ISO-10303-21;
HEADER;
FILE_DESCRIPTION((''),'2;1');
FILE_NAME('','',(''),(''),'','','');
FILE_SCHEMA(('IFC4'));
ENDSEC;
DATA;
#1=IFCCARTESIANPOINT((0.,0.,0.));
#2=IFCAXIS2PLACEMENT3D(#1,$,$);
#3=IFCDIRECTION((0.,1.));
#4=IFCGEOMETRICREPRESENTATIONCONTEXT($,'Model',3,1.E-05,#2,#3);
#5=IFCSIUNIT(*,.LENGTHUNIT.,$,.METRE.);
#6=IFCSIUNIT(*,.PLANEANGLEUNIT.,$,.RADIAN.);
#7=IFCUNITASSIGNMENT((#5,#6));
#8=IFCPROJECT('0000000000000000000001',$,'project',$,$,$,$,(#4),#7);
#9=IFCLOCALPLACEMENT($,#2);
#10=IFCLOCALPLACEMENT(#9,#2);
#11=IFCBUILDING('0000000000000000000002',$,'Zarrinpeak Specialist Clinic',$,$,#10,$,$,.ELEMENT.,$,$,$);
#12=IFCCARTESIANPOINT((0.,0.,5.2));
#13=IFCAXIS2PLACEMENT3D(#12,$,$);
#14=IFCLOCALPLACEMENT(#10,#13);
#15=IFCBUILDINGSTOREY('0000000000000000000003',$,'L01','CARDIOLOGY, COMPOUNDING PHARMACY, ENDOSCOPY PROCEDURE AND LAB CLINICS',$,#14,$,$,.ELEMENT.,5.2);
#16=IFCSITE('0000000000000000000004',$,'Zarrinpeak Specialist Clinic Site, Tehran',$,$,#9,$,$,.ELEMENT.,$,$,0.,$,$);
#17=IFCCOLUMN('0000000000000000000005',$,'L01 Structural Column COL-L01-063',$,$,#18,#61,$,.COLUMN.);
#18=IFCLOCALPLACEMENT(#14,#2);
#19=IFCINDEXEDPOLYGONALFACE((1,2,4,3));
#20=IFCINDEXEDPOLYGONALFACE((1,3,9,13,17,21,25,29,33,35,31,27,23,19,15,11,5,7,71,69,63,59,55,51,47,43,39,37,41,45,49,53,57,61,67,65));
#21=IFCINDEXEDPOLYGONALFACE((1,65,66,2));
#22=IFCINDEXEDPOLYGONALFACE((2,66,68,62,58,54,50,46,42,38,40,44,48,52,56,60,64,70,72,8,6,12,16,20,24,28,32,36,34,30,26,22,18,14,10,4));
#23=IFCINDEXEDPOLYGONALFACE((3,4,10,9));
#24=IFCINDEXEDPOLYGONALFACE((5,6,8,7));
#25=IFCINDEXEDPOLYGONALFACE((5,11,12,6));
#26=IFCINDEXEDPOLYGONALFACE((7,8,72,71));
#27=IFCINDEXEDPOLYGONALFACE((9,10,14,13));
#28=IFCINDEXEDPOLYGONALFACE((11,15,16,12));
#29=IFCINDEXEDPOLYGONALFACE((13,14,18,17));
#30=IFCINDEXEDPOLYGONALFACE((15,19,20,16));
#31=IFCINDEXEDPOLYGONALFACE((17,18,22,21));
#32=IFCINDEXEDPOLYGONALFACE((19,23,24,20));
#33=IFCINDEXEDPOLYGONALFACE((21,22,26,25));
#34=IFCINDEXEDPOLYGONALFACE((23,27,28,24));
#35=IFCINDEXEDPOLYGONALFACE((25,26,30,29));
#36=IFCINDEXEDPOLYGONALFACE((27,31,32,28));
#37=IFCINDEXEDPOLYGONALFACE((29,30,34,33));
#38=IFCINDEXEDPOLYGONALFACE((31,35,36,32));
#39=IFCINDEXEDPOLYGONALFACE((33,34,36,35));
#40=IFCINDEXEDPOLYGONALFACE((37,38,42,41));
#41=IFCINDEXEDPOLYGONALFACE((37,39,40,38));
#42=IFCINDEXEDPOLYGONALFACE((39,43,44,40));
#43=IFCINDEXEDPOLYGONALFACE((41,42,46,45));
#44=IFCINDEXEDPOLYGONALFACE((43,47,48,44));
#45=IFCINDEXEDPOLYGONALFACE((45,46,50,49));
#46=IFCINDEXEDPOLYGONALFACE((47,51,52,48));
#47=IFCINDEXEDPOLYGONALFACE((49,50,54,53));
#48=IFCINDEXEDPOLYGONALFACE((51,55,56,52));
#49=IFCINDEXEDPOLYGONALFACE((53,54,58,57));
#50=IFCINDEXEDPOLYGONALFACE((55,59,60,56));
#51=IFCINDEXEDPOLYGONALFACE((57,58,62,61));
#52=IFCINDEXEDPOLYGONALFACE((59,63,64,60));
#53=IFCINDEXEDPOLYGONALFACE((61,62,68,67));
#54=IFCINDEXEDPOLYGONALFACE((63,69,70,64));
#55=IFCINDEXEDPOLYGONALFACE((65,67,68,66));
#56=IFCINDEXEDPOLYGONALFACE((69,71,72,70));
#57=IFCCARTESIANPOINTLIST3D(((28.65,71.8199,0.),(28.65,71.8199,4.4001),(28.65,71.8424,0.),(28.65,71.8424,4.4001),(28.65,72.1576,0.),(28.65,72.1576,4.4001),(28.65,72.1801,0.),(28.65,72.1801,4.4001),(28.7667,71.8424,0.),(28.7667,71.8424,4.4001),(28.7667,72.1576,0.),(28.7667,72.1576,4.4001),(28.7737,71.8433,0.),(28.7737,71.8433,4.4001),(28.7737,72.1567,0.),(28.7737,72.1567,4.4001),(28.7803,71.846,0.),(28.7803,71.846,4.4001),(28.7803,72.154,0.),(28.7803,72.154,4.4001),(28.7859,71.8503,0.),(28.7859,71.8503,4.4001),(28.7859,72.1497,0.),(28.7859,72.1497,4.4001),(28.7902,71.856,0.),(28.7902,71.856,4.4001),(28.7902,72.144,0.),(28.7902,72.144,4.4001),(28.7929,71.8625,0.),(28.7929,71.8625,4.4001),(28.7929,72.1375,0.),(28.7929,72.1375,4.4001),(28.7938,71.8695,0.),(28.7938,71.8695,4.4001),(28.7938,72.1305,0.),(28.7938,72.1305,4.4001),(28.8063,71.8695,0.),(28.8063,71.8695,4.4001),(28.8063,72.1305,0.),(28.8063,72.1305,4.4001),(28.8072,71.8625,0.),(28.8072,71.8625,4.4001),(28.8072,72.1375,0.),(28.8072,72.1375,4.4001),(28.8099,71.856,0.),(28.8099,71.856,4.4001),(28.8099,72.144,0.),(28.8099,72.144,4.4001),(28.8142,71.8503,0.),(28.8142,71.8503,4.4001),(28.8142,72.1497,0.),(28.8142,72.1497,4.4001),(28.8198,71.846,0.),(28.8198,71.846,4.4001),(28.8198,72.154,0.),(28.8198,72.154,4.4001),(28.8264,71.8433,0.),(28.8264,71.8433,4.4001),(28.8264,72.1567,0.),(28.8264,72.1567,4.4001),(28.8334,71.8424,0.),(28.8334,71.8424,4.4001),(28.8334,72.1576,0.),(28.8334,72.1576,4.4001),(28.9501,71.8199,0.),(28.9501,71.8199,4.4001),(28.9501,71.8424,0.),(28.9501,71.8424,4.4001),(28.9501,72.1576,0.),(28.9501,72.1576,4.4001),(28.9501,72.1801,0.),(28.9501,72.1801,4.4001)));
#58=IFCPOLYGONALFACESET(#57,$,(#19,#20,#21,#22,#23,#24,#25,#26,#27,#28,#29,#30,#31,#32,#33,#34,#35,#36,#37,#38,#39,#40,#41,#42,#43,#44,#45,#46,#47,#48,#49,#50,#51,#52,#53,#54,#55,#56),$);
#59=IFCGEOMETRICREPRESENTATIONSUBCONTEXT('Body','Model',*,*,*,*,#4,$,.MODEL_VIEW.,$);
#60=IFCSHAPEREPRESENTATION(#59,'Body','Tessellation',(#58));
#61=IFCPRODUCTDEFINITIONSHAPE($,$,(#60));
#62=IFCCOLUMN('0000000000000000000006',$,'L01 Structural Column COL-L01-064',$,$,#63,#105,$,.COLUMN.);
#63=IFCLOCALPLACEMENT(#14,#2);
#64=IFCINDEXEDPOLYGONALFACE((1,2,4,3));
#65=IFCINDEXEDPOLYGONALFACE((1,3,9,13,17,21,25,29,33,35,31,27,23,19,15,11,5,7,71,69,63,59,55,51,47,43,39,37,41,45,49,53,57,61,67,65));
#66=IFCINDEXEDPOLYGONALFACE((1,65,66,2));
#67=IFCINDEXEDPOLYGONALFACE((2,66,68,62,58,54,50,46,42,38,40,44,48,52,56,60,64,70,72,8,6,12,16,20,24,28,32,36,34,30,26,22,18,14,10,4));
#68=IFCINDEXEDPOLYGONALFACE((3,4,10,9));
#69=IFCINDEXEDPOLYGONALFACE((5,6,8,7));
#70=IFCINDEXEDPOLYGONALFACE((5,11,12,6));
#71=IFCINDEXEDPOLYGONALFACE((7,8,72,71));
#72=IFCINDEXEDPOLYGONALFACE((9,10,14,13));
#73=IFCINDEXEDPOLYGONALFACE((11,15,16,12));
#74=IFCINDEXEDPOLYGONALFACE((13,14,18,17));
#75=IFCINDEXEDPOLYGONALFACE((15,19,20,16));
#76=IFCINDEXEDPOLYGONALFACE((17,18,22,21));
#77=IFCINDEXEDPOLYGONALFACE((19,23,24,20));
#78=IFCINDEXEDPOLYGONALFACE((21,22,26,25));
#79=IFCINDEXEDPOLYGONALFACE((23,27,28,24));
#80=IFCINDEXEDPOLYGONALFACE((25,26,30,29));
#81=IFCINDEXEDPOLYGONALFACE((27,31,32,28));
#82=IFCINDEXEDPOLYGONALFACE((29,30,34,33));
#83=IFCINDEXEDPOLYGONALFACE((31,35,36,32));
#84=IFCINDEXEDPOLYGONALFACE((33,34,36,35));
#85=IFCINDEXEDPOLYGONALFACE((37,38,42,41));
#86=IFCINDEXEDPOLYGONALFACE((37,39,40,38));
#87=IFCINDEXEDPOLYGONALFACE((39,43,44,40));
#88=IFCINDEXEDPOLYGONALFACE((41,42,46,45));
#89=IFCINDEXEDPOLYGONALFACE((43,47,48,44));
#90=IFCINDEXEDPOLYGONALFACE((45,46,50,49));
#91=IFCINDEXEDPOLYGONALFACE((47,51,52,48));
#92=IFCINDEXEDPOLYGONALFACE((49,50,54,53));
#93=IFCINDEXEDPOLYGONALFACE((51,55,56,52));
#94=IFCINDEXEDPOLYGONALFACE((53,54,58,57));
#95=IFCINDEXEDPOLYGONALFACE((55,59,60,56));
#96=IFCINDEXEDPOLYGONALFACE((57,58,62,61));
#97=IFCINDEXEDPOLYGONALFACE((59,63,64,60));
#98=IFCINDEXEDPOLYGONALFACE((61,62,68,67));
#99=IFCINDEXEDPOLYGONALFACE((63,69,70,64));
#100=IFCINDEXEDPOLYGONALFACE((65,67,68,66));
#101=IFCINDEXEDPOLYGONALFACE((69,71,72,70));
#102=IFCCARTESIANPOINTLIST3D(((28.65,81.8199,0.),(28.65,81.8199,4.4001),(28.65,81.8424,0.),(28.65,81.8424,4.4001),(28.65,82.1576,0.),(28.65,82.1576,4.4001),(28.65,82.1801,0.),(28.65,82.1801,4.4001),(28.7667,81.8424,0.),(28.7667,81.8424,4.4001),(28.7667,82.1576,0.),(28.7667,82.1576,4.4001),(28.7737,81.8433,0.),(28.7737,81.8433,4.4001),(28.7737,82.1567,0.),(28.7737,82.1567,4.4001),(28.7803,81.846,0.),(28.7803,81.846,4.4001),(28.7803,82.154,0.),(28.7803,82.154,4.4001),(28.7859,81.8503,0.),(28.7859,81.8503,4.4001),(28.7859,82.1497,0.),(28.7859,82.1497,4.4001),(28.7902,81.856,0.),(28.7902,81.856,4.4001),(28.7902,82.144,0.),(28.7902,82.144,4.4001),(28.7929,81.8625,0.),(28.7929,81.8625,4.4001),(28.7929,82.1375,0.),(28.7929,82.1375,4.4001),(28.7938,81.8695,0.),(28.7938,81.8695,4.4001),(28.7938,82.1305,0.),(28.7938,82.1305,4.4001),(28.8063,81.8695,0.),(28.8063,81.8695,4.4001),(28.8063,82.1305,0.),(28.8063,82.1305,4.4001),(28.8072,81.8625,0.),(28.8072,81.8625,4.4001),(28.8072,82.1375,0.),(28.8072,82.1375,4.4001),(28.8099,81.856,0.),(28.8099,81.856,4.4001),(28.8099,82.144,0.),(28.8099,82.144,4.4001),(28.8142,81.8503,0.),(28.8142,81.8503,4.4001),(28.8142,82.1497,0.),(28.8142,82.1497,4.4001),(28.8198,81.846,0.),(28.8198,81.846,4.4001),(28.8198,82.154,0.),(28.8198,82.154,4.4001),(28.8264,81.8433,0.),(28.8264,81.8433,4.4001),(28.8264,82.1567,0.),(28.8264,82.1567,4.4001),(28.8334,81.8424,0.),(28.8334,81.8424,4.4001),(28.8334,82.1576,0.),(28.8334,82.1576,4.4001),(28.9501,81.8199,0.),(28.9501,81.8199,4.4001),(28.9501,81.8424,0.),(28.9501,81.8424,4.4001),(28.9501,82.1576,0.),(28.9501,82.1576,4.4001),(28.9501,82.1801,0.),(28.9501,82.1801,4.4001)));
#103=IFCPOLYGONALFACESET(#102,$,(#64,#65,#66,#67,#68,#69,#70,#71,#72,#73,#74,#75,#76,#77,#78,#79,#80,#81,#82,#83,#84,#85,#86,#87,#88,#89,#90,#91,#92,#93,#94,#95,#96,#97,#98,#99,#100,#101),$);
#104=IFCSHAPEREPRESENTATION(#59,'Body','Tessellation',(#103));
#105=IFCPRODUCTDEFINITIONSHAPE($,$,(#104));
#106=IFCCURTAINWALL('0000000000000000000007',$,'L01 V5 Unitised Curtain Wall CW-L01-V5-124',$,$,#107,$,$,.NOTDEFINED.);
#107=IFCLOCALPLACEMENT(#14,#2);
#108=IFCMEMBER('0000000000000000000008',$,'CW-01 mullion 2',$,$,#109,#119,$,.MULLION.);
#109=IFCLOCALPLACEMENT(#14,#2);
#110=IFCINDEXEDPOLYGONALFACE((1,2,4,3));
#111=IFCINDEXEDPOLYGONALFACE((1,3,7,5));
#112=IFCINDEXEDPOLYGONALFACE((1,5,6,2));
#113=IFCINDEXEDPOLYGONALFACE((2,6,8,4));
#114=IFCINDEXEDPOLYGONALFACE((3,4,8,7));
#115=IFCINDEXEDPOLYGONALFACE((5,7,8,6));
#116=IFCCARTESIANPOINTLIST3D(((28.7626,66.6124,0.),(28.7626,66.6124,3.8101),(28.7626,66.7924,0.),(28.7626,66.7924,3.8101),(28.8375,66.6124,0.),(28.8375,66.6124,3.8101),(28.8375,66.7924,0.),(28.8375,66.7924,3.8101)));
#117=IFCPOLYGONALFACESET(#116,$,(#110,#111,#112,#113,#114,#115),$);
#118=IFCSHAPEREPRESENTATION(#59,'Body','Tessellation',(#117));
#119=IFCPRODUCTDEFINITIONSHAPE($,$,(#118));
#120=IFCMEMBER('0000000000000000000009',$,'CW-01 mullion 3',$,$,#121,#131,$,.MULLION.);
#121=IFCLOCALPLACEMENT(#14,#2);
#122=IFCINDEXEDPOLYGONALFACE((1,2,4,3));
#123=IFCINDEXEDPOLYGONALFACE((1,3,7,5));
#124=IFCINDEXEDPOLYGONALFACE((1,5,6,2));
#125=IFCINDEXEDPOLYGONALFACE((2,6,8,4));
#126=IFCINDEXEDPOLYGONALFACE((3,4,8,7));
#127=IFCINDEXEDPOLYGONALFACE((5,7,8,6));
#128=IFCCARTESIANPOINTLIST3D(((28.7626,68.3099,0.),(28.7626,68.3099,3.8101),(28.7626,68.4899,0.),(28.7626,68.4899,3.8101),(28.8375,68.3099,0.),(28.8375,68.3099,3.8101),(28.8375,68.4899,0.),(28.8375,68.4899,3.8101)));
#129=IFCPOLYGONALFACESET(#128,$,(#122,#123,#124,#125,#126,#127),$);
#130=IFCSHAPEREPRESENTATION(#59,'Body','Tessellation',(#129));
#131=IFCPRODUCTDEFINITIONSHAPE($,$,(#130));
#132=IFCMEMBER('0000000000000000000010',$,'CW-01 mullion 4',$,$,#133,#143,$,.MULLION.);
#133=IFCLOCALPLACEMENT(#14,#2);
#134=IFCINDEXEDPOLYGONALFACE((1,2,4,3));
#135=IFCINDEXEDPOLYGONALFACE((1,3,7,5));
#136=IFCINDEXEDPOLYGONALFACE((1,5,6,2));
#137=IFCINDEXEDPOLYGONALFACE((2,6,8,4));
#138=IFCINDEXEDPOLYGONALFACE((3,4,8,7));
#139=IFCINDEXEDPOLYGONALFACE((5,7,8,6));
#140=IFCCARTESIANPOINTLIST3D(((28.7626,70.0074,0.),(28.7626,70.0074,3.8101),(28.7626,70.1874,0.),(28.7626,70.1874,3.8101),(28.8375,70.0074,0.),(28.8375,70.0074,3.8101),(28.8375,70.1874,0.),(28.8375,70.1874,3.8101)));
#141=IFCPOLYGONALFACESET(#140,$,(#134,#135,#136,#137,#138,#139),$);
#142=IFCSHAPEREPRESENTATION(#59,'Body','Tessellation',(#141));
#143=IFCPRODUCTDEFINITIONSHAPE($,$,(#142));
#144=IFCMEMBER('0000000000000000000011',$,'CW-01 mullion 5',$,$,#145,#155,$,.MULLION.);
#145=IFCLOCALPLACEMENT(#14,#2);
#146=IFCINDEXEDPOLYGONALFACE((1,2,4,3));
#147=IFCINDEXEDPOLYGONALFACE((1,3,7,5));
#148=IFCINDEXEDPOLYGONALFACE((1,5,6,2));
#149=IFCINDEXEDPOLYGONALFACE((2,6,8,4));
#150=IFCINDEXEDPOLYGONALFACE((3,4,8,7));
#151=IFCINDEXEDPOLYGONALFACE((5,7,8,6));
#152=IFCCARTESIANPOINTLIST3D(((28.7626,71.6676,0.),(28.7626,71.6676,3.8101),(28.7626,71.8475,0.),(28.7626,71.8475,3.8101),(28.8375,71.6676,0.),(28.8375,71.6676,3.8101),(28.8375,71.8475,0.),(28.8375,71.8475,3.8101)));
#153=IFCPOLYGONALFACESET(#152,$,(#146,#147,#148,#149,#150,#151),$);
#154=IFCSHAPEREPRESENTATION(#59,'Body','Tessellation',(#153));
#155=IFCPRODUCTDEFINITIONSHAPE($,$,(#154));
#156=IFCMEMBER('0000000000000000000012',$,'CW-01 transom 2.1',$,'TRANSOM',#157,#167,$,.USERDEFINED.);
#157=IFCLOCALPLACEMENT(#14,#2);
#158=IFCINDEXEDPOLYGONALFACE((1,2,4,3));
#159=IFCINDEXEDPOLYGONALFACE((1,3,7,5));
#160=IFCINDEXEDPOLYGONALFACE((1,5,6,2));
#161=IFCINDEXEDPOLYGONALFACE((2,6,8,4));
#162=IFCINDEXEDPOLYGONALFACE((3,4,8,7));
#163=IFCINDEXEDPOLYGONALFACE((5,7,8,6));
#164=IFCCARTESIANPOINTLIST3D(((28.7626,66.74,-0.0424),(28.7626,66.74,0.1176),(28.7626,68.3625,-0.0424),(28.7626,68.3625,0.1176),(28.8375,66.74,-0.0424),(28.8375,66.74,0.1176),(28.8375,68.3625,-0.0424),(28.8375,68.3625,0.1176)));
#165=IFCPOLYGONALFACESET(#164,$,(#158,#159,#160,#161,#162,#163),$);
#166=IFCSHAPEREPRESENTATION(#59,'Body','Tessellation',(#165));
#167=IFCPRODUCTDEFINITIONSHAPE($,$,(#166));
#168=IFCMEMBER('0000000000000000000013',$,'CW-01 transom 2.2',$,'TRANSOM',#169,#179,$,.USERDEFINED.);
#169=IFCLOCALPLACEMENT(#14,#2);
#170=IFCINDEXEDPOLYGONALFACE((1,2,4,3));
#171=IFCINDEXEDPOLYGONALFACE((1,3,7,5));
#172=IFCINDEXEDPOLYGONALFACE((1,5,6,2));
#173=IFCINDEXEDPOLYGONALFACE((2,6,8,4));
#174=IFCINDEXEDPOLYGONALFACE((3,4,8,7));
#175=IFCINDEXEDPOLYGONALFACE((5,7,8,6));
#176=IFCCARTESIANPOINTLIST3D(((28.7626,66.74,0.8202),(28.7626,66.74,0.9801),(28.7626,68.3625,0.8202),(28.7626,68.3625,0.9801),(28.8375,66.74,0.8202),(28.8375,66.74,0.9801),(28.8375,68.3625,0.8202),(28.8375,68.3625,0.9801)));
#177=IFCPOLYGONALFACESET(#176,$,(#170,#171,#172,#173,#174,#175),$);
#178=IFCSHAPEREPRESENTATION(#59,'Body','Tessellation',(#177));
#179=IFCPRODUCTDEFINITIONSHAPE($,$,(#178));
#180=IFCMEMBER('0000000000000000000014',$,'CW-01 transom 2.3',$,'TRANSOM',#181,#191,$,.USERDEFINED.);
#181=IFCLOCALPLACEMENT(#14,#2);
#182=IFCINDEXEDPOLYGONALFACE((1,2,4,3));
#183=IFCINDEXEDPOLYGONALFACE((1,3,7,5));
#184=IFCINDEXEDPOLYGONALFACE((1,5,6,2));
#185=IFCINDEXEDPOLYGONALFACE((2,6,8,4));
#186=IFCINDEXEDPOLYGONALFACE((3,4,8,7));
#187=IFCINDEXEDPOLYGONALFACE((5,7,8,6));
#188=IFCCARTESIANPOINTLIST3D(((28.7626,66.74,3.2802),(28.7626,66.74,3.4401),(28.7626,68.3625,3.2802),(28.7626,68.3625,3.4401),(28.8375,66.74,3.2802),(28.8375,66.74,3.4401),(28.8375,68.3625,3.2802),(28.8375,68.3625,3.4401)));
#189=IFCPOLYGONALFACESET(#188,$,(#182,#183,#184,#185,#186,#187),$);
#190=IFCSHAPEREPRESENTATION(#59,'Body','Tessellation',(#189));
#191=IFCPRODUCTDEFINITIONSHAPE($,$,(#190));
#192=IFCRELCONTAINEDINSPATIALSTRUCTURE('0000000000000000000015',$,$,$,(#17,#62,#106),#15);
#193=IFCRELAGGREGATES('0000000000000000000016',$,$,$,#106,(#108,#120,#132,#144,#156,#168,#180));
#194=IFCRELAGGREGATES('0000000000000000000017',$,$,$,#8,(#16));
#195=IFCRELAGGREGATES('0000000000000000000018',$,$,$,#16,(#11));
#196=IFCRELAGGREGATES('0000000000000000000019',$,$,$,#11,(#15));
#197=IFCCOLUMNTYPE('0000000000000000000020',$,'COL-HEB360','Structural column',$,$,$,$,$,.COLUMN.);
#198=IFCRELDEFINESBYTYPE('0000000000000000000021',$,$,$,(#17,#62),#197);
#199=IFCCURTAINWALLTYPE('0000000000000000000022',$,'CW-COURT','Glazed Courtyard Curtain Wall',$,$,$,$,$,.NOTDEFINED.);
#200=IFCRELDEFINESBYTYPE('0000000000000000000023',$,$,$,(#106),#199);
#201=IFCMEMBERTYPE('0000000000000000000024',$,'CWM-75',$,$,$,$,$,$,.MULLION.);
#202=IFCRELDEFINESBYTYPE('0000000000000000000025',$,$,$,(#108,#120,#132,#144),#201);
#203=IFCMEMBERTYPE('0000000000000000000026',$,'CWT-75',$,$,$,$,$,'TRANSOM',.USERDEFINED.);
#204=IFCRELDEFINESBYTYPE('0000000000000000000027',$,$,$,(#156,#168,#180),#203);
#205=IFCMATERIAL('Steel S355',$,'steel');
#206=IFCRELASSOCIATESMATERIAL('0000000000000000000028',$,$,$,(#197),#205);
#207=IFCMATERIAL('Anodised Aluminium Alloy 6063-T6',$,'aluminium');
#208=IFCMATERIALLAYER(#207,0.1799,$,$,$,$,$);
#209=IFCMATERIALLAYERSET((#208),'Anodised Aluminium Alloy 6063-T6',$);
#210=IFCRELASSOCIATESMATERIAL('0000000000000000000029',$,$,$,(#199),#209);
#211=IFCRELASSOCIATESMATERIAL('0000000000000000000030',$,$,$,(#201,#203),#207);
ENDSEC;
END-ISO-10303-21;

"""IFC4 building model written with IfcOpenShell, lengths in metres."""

from ifc_helpers import new_model, si_unit, direction, frame, origin, origin_2d, place, context, subcontext, project, spatial, rectangle, i_section, extrude, material, layer, layer_set, material_profile, profile_set, type_object, element, aggregate, save


model = new_model("IFC4")

# Units and contexts
model_context = context("Model", 3, precision=1e-05, world=origin(), true_north=direction((0.0, 1.0)))
body_context = subcontext(model_context, "Body", "Model", "MODEL_VIEW")
ifc_project = project(units=[si_unit("LENGTHUNIT", "METRE"), si_unit("PLANEANGLEUNIT", "RADIAN")], contexts=[model_context])

# Site, building, storey
site_placement = place(None, origin())
site = spatial("IfcSite", under=ifc_project, at=site_placement, Name="Zarrinpeak Specialist Clinic Site, Tehran", CompositionType="ELEMENT", RefElevation=0.0)
building_placement = place(site_placement, origin())
building = spatial("IfcBuilding", under=site, at=building_placement, Name="Zarrinpeak Specialist Clinic", CompositionType="ELEMENT")
storey_placement = place(building_placement, frame((0.0, 0.0, 5.2)))
storey = spatial("IfcBuildingStorey", under=building, at=storey_placement, Name="L01", Description="CARDIOLOGY, COMPOUNDING PHARMACY, ENDOSCOPY PROCEDURE AND LAB CLINICS", CompositionType="ELEMENT", Elevation=5.2)

# Columns
ifc_material_1 = material(Name="Steel S355", Category="steel")
ifc_material_profile_1 = material_profile(ifc_material_1, i_section(OverallWidth=0.3, OverallDepth=0.3601, WebThickness=0.0125, FlangeThickness=0.0225, FilletRadius=0.0271, at=origin_2d()), Name="HEB 360")
ifc_profile_set_1 = profile_set([ifc_material_profile_1], Name="Steel S355")
column_type = type_object("IfcColumnType", Name="COL-HEB360", Description="Structural column", PredefinedType="COLUMN", material=ifc_profile_set_1)
for number, where, z_axis, x_axis, name in (
    (1, (28.8, 72.0, 0.0), (0.0, 0.0, 1.0), (1.0, 0.0, 0.0), "L01 Structural Column COL-L01-063"),
    (2, (28.8, 82.0, 0.0), (0.0, 0.0, 1.0), (1.0, 0.0, 0.0), "L01 Structural Column COL-L01-064"),
):
    element("IfcColumn", number, at=place(storey_placement, frame(where, z_axis=z_axis, x_axis=x_axis)), inside=storey, type_object=column_type, Name=name, PredefinedType="COLUMN", context=body_context, shape_type="SweptSolid", body=[
        extrude(i_section(OverallWidth=0.3, OverallDepth=0.3601, WebThickness=0.0125, FlangeThickness=0.0225, FilletRadius=0.0271, at=origin_2d()), origin(), (0.0, 0.0, 1.0), 4.4001),
    ])

# Curtain wall, members
ifc_material_2 = material(Name="Anodised Aluminium Alloy 6063-T6", Category="aluminium")
ifc_layer_1 = layer(ifc_material_2, 0.1799)
ifc_layer_set_1 = layer_set([ifc_layer_1], Name="Anodised Aluminium Alloy 6063-T6")
curtain_wall_type = type_object("IfcCurtainWallType", Name="CW-COURT", Description="Glazed Courtyard Curtain Wall", PredefinedType="NOTDEFINED", material=ifc_layer_set_1)
curtain_wall_placement = place(storey_placement, origin())
curtain_wall = element("IfcCurtainWall", 3, at=curtain_wall_placement, inside=storey, type_object=curtain_wall_type, Name="L01 V5 Unitised Curtain Wall CW-L01-V5-124", PredefinedType="NOTDEFINED")
ifc_material_profile_2 = material_profile(ifc_material_2, rectangle(XDim=0.075, YDim=0.1799, at=origin_2d()), Name="ALU 75x180")
ifc_profile_set_2 = profile_set([ifc_material_profile_2], Name="Anodised Aluminium Alloy 6063-T6")
member_type_1 = type_object("IfcMemberType", Name="CWM-75", PredefinedType="MULLION", material=ifc_profile_set_2)
member_1_placement = place(storey_placement, frame((28.8, 66.7024, 0.0), z_axis=(0.0, 0.0, 1.0), x_axis=(-1.0, 0.0, 0.0)))
member_1 = element("IfcMember", 4, at=member_1_placement, type_object=member_type_1, Name="CW-01 mullion 2", PredefinedType="MULLION", context=body_context, shape_type="SweptSolid", body=[
    extrude(rectangle(XDim=0.075, YDim=0.1799, at=origin_2d()), origin(), (0.0, 0.0, 1.0), 3.8101),
])
member_2_placement = place(storey_placement, frame((28.8, 68.3999, 0.0), z_axis=(0.0, 0.0, 1.0), x_axis=(-1.0, 0.0, 0.0)))
member_2 = element("IfcMember", 5, at=member_2_placement, type_object=member_type_1, Name="CW-01 mullion 3", PredefinedType="MULLION", context=body_context, shape_type="SweptSolid", body=[
    extrude(rectangle(XDim=0.075, YDim=0.1799, at=origin_2d()), origin(), (0.0, 0.0, 1.0), 3.8101),
])
member_3_placement = place(storey_placement, frame((28.8, 70.0974, 0.0), z_axis=(0.0, 0.0, 1.0), x_axis=(-1.0, 0.0, 0.0)))
member_3 = element("IfcMember", 6, at=member_3_placement, type_object=member_type_1, Name="CW-01 mullion 4", PredefinedType="MULLION", context=body_context, shape_type="SweptSolid", body=[
    extrude(rectangle(XDim=0.075, YDim=0.1799, at=origin_2d()), origin(), (0.0, 0.0, 1.0), 3.8101),
])
member_4_placement = place(storey_placement, frame((28.8, 71.7576, 0.0), z_axis=(0.0, 0.0, 1.0), x_axis=(-1.0, 0.0, 0.0)))
member_4 = element("IfcMember", 7, at=member_4_placement, type_object=member_type_1, Name="CW-01 mullion 5", PredefinedType="MULLION", context=body_context, shape_type="SweptSolid", body=[
    extrude(rectangle(XDim=0.075, YDim=0.1799, at=origin_2d()), origin(), (0.0, 0.0, 1.0), 3.8101),
])
ifc_material_profile_3 = material_profile(ifc_material_2, rectangle(XDim=0.075, YDim=0.1599, at=origin_2d()), Name="ALU 75x160")
ifc_profile_set_3 = profile_set([ifc_material_profile_3], Name="Anodised Aluminium Alloy 6063-T6")
member_type_2 = type_object("IfcMemberType", Name="CWT-75", ElementType="TRANSOM", PredefinedType="USERDEFINED", material=ifc_profile_set_3)
member_5_placement = place(storey_placement, frame((28.8, 66.74, 0.0376), z_axis=(0.0, 1.0, 0.0), x_axis=(-1.0, 0.0, 0.0)))
member_5 = element("IfcMember", 8, at=member_5_placement, type_object=member_type_2, Name="CW-01 transom 2.1", ObjectType="TRANSOM", PredefinedType="USERDEFINED", context=body_context, shape_type="SweptSolid", body=[
    extrude(rectangle(XDim=0.075, YDim=0.1599, at=origin_2d()), origin(), (0.0, 0.0, 1.0), 1.6226),
])
member_6_placement = place(storey_placement, frame((28.8, 66.74, 0.9001), z_axis=(0.0, 1.0, 0.0), x_axis=(-1.0, 0.0, 0.0)))
member_6 = element("IfcMember", 9, at=member_6_placement, type_object=member_type_2, Name="CW-01 transom 2.2", ObjectType="TRANSOM", PredefinedType="USERDEFINED", context=body_context, shape_type="SweptSolid", body=[
    extrude(rectangle(XDim=0.075, YDim=0.1599, at=origin_2d()), origin(), (0.0, 0.0, 1.0), 1.6226),
])
member_7_placement = place(storey_placement, frame((28.8, 66.74, 3.3601), z_axis=(0.0, 1.0, 0.0), x_axis=(-1.0, 0.0, 0.0)))
member_7 = element("IfcMember", 10, at=member_7_placement, type_object=member_type_2, Name="CW-01 transom 2.3", ObjectType="TRANSOM", PredefinedType="USERDEFINED", context=body_context, shape_type="SweptSolid", body=[
    extrude(rectangle(XDim=0.075, YDim=0.1599, at=origin_2d()), origin(), (0.0, 0.0, 1.0), 1.6226),
])
aggregate(curtain_wall, [member_1, member_2, member_3, member_4, member_5, member_6, member_7])

save(model, "model.ifc")
